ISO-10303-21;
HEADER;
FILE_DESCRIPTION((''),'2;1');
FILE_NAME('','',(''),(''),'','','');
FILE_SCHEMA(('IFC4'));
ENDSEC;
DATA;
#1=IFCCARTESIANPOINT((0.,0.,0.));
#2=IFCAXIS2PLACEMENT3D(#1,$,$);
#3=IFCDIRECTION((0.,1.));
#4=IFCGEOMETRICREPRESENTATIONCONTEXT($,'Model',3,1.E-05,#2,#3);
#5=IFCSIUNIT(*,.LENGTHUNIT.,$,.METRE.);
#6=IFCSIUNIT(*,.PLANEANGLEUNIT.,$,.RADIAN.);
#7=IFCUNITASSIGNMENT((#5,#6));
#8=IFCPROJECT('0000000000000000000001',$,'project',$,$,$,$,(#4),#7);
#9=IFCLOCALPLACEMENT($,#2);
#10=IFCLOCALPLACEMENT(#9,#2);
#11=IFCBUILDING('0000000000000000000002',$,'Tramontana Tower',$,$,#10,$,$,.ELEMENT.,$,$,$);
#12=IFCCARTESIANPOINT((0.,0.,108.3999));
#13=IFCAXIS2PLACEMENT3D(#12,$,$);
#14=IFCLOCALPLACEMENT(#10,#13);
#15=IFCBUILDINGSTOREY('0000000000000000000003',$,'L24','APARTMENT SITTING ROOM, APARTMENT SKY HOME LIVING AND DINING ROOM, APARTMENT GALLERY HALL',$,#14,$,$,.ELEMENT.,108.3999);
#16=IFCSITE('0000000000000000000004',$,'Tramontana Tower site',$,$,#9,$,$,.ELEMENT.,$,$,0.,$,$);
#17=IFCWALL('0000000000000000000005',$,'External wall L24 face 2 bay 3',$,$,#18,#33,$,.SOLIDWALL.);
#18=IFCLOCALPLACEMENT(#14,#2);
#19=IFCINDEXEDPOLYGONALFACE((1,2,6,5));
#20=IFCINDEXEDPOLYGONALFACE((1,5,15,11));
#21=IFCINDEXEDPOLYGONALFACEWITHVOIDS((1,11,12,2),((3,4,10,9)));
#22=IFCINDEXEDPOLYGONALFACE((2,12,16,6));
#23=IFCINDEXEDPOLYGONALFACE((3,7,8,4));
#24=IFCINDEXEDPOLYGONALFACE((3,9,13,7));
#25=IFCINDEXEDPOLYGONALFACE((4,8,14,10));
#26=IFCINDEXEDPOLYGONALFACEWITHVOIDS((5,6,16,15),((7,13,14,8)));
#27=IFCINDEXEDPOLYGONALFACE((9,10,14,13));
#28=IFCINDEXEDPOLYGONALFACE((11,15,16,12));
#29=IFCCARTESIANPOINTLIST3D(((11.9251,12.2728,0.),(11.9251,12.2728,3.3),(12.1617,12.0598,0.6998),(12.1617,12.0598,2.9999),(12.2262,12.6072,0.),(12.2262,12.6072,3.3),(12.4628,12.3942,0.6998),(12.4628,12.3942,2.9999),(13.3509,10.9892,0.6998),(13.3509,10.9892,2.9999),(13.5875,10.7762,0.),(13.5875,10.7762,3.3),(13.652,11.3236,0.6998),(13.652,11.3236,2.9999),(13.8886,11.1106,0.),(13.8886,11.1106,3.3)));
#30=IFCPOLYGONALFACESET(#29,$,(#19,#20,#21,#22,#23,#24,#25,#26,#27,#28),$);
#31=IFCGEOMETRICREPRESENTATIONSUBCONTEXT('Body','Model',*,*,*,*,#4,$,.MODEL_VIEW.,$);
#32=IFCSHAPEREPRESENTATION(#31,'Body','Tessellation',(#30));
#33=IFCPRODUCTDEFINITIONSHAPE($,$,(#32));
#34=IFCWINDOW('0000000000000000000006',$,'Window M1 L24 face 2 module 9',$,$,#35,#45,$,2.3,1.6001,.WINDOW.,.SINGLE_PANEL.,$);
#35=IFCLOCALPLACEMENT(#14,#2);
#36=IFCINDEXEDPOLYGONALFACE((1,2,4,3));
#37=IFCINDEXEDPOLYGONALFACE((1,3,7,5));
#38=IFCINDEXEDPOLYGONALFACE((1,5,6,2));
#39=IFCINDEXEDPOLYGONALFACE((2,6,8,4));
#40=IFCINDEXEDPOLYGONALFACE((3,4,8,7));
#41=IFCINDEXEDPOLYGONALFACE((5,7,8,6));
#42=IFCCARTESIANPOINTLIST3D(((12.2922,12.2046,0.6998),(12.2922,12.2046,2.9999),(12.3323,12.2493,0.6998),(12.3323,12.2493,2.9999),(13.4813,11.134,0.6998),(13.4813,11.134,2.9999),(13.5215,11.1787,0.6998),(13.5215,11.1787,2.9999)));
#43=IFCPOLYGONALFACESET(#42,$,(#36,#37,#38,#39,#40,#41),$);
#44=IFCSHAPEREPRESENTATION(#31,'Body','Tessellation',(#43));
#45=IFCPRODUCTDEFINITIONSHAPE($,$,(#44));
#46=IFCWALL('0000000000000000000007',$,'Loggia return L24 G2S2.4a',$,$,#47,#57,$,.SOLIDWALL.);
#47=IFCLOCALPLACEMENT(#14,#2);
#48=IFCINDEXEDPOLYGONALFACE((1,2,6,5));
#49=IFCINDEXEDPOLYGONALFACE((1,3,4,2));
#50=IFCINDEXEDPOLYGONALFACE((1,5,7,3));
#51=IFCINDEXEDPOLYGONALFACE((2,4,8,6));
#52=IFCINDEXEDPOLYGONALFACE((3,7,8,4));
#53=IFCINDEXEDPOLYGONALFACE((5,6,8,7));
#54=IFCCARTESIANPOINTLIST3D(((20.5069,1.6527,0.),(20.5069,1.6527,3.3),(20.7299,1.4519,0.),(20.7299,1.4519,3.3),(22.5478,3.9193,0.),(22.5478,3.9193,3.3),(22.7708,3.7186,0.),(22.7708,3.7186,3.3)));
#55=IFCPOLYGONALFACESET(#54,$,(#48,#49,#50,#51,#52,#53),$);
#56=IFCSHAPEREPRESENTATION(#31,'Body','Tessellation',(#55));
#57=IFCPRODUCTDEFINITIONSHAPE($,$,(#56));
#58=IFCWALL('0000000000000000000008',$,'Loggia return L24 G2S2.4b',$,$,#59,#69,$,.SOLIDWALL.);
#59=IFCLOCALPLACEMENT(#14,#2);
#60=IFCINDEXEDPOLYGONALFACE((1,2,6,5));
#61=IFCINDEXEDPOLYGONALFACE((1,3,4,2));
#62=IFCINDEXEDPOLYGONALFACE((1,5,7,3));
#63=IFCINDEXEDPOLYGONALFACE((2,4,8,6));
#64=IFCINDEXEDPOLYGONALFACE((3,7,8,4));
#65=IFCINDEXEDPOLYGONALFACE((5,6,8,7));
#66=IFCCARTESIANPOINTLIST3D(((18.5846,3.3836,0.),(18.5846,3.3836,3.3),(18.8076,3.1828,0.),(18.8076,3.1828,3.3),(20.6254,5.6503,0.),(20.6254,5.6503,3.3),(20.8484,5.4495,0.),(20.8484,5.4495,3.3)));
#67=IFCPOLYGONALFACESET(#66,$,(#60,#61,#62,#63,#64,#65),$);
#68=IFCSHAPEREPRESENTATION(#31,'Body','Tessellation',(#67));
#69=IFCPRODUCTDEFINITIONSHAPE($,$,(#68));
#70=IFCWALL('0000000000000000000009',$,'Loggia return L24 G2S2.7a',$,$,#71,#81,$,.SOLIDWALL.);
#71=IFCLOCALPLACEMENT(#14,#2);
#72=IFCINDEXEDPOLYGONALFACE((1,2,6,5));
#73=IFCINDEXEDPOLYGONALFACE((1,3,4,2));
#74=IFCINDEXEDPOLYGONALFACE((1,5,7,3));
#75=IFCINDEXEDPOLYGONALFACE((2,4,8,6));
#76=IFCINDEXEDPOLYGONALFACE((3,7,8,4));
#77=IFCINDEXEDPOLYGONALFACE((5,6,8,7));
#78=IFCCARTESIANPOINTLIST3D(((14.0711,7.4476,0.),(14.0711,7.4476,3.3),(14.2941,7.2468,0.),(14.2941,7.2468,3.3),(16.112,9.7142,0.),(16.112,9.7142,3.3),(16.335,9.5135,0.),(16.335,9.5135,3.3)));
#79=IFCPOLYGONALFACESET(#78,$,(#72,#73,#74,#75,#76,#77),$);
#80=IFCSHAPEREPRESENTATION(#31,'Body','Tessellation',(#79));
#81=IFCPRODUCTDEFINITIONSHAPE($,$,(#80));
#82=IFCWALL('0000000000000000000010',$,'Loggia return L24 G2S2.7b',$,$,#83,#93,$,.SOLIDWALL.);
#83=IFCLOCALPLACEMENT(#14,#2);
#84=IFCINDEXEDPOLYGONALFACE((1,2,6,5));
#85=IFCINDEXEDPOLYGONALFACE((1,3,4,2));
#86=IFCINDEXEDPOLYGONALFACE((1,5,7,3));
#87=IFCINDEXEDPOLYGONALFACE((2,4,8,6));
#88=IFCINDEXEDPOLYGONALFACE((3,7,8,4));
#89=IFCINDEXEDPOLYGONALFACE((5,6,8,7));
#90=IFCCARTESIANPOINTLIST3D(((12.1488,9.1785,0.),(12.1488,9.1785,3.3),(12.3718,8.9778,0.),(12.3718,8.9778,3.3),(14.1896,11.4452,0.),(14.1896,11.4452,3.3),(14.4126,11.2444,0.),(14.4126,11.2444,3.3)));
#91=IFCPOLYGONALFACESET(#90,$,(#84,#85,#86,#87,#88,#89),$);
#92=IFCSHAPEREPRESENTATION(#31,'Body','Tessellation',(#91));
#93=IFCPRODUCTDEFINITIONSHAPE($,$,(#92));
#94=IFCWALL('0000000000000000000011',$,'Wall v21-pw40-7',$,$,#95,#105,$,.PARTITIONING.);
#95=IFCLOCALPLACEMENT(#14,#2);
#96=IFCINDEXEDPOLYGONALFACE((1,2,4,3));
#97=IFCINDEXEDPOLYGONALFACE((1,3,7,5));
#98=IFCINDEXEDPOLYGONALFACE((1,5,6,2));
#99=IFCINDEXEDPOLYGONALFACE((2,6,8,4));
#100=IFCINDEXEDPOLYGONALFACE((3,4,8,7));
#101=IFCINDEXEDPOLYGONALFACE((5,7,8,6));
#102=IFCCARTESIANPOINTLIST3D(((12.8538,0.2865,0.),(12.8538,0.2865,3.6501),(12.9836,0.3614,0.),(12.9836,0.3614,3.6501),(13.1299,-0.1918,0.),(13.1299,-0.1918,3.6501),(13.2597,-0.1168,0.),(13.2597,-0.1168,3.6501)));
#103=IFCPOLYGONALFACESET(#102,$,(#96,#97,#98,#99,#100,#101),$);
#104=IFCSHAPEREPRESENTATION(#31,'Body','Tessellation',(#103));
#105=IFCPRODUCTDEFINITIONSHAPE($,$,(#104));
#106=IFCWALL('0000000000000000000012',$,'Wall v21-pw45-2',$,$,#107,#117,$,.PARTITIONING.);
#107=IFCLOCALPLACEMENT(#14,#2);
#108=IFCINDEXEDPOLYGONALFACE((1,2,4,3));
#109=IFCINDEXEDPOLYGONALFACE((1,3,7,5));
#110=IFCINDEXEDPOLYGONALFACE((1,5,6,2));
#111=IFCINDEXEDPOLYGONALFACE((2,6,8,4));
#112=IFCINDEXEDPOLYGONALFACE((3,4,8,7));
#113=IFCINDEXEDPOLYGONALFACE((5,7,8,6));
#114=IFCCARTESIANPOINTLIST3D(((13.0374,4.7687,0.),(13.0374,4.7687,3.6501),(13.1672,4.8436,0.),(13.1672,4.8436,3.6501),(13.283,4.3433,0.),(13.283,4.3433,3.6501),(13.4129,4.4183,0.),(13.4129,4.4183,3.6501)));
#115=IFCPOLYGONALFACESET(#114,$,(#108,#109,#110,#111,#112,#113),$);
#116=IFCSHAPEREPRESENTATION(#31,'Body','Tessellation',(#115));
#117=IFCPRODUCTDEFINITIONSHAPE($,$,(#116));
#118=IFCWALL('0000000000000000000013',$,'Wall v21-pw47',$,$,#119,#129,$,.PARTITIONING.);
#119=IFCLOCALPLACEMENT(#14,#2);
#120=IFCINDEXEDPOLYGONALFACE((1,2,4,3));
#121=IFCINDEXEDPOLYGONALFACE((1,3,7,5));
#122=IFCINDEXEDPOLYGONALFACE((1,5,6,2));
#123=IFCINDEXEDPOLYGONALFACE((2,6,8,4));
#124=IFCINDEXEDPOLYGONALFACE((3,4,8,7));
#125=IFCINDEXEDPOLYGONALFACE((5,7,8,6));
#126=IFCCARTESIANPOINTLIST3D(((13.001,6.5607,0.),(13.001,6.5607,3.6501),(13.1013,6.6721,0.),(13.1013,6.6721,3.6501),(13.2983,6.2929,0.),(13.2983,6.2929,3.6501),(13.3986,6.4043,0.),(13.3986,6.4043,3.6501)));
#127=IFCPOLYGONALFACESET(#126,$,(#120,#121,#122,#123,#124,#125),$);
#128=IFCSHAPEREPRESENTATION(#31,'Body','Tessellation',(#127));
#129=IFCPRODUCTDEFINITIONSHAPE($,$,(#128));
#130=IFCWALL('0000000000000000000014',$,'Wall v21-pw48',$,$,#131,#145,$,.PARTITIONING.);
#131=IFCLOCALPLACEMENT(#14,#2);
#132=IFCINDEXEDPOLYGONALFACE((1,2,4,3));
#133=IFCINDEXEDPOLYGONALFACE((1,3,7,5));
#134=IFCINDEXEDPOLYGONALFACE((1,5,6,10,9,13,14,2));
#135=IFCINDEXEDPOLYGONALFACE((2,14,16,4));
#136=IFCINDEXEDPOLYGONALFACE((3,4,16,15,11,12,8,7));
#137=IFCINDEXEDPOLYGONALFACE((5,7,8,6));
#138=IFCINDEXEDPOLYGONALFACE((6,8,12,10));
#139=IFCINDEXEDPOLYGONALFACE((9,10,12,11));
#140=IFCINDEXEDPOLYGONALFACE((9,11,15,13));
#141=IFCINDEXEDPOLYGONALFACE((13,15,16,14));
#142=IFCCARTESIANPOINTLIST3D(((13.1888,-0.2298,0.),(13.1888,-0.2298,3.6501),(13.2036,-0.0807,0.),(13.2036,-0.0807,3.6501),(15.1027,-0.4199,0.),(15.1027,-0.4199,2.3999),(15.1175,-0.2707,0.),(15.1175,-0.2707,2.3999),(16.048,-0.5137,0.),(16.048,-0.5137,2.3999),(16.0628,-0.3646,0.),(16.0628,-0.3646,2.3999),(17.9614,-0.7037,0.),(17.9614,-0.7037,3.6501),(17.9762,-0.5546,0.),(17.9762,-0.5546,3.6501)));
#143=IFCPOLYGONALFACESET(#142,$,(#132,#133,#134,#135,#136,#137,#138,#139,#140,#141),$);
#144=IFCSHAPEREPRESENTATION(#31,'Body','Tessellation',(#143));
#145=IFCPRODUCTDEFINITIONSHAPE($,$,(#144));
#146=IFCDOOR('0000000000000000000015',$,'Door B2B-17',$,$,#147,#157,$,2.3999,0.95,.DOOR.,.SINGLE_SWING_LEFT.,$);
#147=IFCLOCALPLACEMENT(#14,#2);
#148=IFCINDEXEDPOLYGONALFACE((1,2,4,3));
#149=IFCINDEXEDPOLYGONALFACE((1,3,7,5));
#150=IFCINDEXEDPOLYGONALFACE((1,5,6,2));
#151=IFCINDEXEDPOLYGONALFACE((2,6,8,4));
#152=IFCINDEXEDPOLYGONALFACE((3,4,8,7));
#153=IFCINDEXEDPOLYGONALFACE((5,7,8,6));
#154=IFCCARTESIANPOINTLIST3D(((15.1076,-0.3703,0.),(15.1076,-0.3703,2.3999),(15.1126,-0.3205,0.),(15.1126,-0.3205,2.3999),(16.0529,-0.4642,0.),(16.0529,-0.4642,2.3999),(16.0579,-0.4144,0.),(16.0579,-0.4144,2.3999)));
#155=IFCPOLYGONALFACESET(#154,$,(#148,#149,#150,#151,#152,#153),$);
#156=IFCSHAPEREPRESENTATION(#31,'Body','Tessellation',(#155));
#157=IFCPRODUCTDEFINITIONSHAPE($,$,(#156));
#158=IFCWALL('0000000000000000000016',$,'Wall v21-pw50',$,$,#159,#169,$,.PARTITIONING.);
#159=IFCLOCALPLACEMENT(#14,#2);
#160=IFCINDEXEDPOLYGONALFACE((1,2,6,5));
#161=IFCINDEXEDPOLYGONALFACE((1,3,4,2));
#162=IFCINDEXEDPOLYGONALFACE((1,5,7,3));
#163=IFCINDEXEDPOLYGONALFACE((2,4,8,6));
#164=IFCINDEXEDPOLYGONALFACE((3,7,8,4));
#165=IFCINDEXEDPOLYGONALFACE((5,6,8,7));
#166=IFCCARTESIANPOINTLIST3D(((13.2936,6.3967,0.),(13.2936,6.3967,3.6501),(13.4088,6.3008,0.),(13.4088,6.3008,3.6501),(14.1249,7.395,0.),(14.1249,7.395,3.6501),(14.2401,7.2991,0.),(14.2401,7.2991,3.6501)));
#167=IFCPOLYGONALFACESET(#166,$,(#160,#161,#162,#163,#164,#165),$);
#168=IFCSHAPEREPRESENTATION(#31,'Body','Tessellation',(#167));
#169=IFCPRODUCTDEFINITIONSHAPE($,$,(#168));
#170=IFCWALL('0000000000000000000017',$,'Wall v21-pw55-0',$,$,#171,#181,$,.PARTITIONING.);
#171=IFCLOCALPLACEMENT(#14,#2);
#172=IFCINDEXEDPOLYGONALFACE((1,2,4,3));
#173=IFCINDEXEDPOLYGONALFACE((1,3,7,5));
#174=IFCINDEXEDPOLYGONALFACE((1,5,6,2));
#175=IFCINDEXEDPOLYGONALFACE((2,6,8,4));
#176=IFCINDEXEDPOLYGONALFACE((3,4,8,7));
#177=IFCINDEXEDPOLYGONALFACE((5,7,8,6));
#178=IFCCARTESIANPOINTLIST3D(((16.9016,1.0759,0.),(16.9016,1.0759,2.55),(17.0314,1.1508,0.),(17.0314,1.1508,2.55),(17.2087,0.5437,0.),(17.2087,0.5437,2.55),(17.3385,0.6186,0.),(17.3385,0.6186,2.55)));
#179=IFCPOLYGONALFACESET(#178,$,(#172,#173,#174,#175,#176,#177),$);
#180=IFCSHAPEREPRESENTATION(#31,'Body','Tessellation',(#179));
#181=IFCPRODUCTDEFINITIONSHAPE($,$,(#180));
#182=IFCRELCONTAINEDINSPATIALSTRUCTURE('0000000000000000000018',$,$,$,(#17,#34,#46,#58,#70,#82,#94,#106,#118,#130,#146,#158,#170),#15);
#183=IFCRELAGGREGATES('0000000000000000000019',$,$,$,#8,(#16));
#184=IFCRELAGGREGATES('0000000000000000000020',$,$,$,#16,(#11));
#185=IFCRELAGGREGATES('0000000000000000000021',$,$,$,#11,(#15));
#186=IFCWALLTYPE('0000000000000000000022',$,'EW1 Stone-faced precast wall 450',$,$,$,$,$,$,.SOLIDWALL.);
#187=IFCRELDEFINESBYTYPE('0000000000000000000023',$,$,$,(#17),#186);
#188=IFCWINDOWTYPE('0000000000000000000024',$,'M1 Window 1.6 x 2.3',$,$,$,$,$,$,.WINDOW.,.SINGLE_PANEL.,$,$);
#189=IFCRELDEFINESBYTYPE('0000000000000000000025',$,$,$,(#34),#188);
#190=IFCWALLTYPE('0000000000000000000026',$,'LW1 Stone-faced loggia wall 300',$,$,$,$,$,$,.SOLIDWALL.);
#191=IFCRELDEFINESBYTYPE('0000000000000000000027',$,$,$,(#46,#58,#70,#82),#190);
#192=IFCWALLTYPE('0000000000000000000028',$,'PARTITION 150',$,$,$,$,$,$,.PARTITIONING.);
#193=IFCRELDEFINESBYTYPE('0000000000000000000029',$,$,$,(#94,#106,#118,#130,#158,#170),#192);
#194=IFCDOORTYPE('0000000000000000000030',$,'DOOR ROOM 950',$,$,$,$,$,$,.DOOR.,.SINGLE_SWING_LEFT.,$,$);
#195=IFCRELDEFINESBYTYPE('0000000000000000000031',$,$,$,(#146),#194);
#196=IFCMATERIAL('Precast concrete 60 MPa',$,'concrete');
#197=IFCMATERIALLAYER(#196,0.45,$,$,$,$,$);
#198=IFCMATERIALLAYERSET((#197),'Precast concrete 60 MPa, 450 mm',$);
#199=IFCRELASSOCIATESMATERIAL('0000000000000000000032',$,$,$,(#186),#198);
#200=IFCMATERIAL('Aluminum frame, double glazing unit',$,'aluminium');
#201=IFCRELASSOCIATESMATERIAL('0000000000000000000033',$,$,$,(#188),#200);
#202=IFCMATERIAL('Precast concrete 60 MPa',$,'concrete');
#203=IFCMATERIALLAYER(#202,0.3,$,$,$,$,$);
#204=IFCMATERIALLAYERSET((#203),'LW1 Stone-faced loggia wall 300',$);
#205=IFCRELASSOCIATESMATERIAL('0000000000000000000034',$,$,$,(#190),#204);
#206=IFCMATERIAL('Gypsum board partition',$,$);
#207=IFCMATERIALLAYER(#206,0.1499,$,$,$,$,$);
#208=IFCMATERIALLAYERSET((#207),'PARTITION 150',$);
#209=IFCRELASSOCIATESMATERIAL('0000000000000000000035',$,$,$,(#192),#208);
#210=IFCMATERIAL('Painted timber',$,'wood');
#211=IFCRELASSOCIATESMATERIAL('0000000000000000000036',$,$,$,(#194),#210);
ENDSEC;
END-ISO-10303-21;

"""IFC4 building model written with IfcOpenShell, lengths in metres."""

from ifc_helpers import new_model, si_unit, direction, frame, frame_2d, origin, place, context, subcontext, project, spatial, rectangle, extrude, material, layer, layer_set, type_object, element, fill, save


model = new_model("IFC4")

# Units and contexts
model_context = context("Model", 3, precision=1e-05, world=origin(), true_north=direction((0.0, 1.0)))
body_context = subcontext(model_context, "Body", "Model", "MODEL_VIEW")
ifc_project = project(units=[si_unit("LENGTHUNIT", "METRE"), si_unit("PLANEANGLEUNIT", "RADIAN")], contexts=[model_context])

# Site, building, storey
site_placement = place(None, origin())
site = spatial("IfcSite", under=ifc_project, at=site_placement, Name="Tramontana Tower site", CompositionType="ELEMENT", RefElevation=0.0)
building_placement = place(site_placement, origin())
building = spatial("IfcBuilding", under=site, at=building_placement, Name="Tramontana Tower", CompositionType="ELEMENT")
storey_placement = place(building_placement, frame((0.0, 0.0, 108.3999)))
storey = spatial("IfcBuildingStorey", under=building, at=storey_placement, Name="L24", Description="APARTMENT SITTING ROOM, APARTMENT SKY HOME LIVING AND DINING ROOM, APARTMENT GALLERY HALL", CompositionType="ELEMENT", Elevation=108.3999)

# Wall, opening, window
ifc_material_1 = material(Name="Precast concrete 60 MPa", Category="concrete")
ifc_layer_1 = layer(ifc_material_1, 0.45)
ifc_layer_set_1 = layer_set([ifc_layer_1], Name="Precast concrete 60 MPa, 450 mm")
wall_type_1 = type_object("IfcWallType", Name="EW1 Stone-faced precast wall 450", PredefinedType="SOLIDWALL", material=ifc_layer_set_1)
ifc_material_2 = material(Name="Aluminum frame, double glazing unit", Category="aluminium")
window_type_1 = type_object("IfcWindowType", Name="M1 Window 1.6 x 2.3", PartitioningType="SINGLE_PANEL", PredefinedType="WINDOW", material=ifc_material_2)
wall_1_placement = place(storey_placement, frame((13.738, 10.9434, 0.0), z_axis=(0.0, 0.0, 1.0), x_axis=(-0.743191, 0.669079, 0.0)))
wall_1 = element("IfcWall", 1, at=wall_1_placement, inside=storey, type_object=wall_type_1, Name="External wall L24 face 2 bay 3", PredefinedType="SOLIDWALL", context=body_context, shape_type="SweptSolid", body=[
    extrude(rectangle(XDim=2.2368, YDim=0.45, at=frame_2d((1.1184, 0.0))), origin(), (0.0, 0.0, 1.0), 3.3),
])
opening_1_placement = place(wall_1_placement, frame((0.3184, 0.0, 0.7)))
opening_1 = element("IfcOpeningElement", 2, at=opening_1_placement, cuts=wall_1, PredefinedType="OPENING", context=body_context, shape_type="SweptSolid", body=[
    extrude(rectangle(XDim=1.6001, YDim=2.3, at=frame_2d((0.8, 1.1499))), frame((0.0, 0.2349, 0.0), z_axis=(0.0, -1.0, 0.0), x_axis=(1.0, 0.0, 0.0)), (0.0, 0.0, 1.0), 0.47),
])
window_1_placement = place(opening_1_placement, origin())
window_1 = element("IfcWindow", 3, at=window_1_placement, inside=storey, type_object=window_type_1, Name="Window M1 L24 face 2 module 9", OverallHeight=2.3, OverallWidth=1.6001, PartitioningType="SINGLE_PANEL", PredefinedType="WINDOW", context=body_context, shape_type="SweptSolid", body=[
    extrude(rectangle(XDim=1.6001, YDim=2.3, at=frame_2d((0.8, 1.1499))), frame((0.0, 0.03, 0.0), z_axis=(0.0, -1.0, 0.0), x_axis=(1.0, 0.0, 0.0)), (0.0, 0.0, 1.0), 0.0601),
])
fill(opening_1, window_1)

# Shared definitions
ifc_material_3 = material(Name="Precast concrete 60 MPa", Category="concrete")
ifc_layer_2 = layer(ifc_material_3, 0.3)
ifc_layer_set_2 = layer_set([ifc_layer_2], Name="LW1 Stone-faced loggia wall 300")
wall_type_2 = type_object("IfcWallType", Name="LW1 Stone-faced loggia wall 300", PredefinedType="SOLIDWALL", material=ifc_layer_set_2)

# Walls
for number, where, z_axis, x_axis, name in (
    (4, (22.6592, 3.8188, 0.0), (0.0, 0.0, 1.0), (-0.669115, -0.743159, 0.0), "Loggia return L24 G2S2.4a"),
    (5, (20.7368, 5.5498, 0.0), (0.0, 0.0, 1.0), (-0.669115, -0.743159, 0.0), "Loggia return L24 G2S2.4b"),
):
    element("IfcWall", number, at=place(storey_placement, frame(where, z_axis=z_axis, x_axis=x_axis)), inside=storey, type_object=wall_type_2, Name=name, PredefinedType="SOLIDWALL", context=body_context, shape_type="SweptSolid", body=[
        extrude(rectangle(XDim=3.05, YDim=0.3, at=frame_2d((1.5249, 0.0))), origin(), (0.0, 0.0, 1.0), 3.3),
    ])

# Walls
for number, where, z_axis, x_axis, name in (
    (6, (16.2234, 9.6138, 0.0), (0.0, 0.0, 1.0), (-0.669115, -0.743159, 0.0), "Loggia return L24 G2S2.7a"),
    (7, (14.301, 11.3447, 0.0), (0.0, 0.0, 1.0), (-0.669115, -0.743159, 0.0), "Loggia return L24 G2S2.7b"),
):
    element("IfcWall", number, at=place(storey_placement, frame(where, z_axis=z_axis, x_axis=x_axis)), inside=storey, type_object=wall_type_2, Name=name, PredefinedType="SOLIDWALL", context=body_context, shape_type="SweptSolid", body=[
        extrude(rectangle(XDim=3.05, YDim=0.3, at=frame_2d((1.5249, 0.0))), origin(), (0.0, 0.0, 1.0), 3.3),
    ])
ifc_material_4 = material(Name="Gypsum board partition")
ifc_layer_3 = layer(ifc_material_4, 0.1499)
ifc_layer_set_3 = layer_set([ifc_layer_3], Name="PARTITION 150")
wall_type_3 = type_object("IfcWallType", Name="PARTITION 150", PredefinedType="PARTITIONING", material=ifc_layer_set_3)
wall_2_placement = place(storey_placement, frame((12.9187, 0.324, 0.0), z_axis=(0.0, 0.0, 1.0), x_axis=(0.49999, -0.866031, 0.0)))
element("IfcWall", 8, at=wall_2_placement, inside=storey, type_object=wall_type_3, Name="Wall v21-pw40-7", PredefinedType="PARTITIONING", context=body_context, shape_type="SweptSolid", body=[
    extrude(rectangle(XDim=0.5522, YDim=0.1499, at=frame_2d((0.2761, 0.0))), origin(), (0.0, 0.0, 1.0), 3.6501),
])
wall_3_placement = place(storey_placement, frame((13.1023, 4.8062, 0.0), z_axis=(0.0, 0.0, 1.0), x_axis=(0.500095, -0.86597, 0.0)))
element("IfcWall", 9, at=wall_3_placement, inside=storey, type_object=wall_type_3, Name="Wall v21-pw45-2", PredefinedType="PARTITIONING", context=body_context, shape_type="SweptSolid", body=[
    extrude(rectangle(XDim=0.4912, YDim=0.1499, at=frame_2d((0.2456, 0.0))), origin(), (0.0, 0.0, 1.0), 3.6501),
])
wall_4_placement = place(storey_placement, frame((13.051, 6.6165, 0.0), z_axis=(0.0, 0.0, 1.0), x_axis=(0.743051, -0.669234, 0.0)))
element("IfcWall", 10, at=wall_4_placement, inside=storey, type_object=wall_type_3, Name="Wall v21-pw47", PredefinedType="PARTITIONING", context=body_context, shape_type="SweptSolid", body=[
    extrude(rectangle(XDim=0.4001, YDim=0.1499, at=frame_2d((0.2002, 0.0))), origin(), (0.0, 0.0, 1.0), 3.6501),
])

# Wall, opening, door
wall_5_placement = place(storey_placement, frame((13.1963, -0.1553, 0.0), z_axis=(0.0, 0.0, 1.0), x_axis=(0.995107, -0.098803, 0.0)))
wall_5 = element("IfcWall", 11, at=wall_5_placement, inside=storey, type_object=wall_type_3, Name="Wall v21-pw48", PredefinedType="PARTITIONING", context=body_context, shape_type="SweptSolid", body=[
    extrude(rectangle(XDim=4.7961, YDim=0.1499, at=frame_2d((2.3979, 0.0))), origin(), (0.0, 0.0, 1.0), 3.6501),
])
opening_2_placement = place(wall_5_placement, frame((1.9231, 0.0, 0.0)))
opening_2 = element("IfcOpeningElement", 12, at=opening_2_placement, cuts=wall_5, PredefinedType="OPENING", context=body_context, shape_type="SweptSolid", body=[
    extrude(rectangle(XDim=0.95, YDim=2.3999, at=frame_2d((0.4751, 1.2))), frame((0.0, 0.085, 0.0), z_axis=(0.0, -1.0, 0.0), x_axis=(1.0, 0.0, 0.0)), (0.0, 0.0, 1.0), 0.1699),
])
ifc_material_5 = material(Name="Painted timber", Category="wood")
door_type_1 = type_object("IfcDoorType", Name="DOOR ROOM 950", OperationType="SINGLE_SWING_LEFT", PredefinedType="DOOR", material=ifc_material_5)
door_1_placement = place(opening_2_placement, origin())
door_1 = element("IfcDoor", 13, at=door_1_placement, inside=storey, type_object=door_type_1, Name="Door B2B-17", OperationType="SINGLE_SWING_LEFT", OverallHeight=2.3999, OverallWidth=0.95, PredefinedType="DOOR", context=body_context, shape_type="SweptSolid", body=[
    extrude(rectangle(XDim=0.95, YDim=2.3999, at=frame_2d((0.4751, 1.2))), frame((0.0, 0.0249, 0.0), z_axis=(0.0, -1.0, 0.0), x_axis=(1.0, 0.0, 0.0)), (0.0, 0.0, 1.0), 0.05),
])
fill(opening_2, door_1)

# Walls
wall_6_placement = place(storey_placement, frame((13.3513, 6.3489, 0.0), z_axis=(0.0, 0.0, 1.0), x_axis=(0.639907, 0.768452, 0.0)))
element("IfcWall", 14, at=wall_6_placement, inside=storey, type_object=wall_type_3, Name="Wall v21-pw50", PredefinedType="PARTITIONING", context=body_context, shape_type="SweptSolid", body=[
    extrude(rectangle(XDim=1.2991, YDim=0.1499, at=frame_2d((0.6494, 0.0))), origin(), (0.0, 0.0, 1.0), 3.6501),
])
wall_7_placement = place(storey_placement, frame((16.9666, 1.1133, 0.0), z_axis=(0.0, 0.0, 1.0), x_axis=(0.499814, -0.866133, 0.0)))
element("IfcWall", 15, at=wall_7_placement, inside=storey, type_object=wall_type_3, Name="Wall v21-pw55-0", PredefinedType="PARTITIONING", context=body_context, shape_type="SweptSolid", body=[
    extrude(rectangle(XDim=0.6145, YDim=0.1499, at=frame_2d((0.3071, 0.0))), origin(), (0.0, 0.0, 1.0), 2.55),
])

save(model, "model.ifc")
